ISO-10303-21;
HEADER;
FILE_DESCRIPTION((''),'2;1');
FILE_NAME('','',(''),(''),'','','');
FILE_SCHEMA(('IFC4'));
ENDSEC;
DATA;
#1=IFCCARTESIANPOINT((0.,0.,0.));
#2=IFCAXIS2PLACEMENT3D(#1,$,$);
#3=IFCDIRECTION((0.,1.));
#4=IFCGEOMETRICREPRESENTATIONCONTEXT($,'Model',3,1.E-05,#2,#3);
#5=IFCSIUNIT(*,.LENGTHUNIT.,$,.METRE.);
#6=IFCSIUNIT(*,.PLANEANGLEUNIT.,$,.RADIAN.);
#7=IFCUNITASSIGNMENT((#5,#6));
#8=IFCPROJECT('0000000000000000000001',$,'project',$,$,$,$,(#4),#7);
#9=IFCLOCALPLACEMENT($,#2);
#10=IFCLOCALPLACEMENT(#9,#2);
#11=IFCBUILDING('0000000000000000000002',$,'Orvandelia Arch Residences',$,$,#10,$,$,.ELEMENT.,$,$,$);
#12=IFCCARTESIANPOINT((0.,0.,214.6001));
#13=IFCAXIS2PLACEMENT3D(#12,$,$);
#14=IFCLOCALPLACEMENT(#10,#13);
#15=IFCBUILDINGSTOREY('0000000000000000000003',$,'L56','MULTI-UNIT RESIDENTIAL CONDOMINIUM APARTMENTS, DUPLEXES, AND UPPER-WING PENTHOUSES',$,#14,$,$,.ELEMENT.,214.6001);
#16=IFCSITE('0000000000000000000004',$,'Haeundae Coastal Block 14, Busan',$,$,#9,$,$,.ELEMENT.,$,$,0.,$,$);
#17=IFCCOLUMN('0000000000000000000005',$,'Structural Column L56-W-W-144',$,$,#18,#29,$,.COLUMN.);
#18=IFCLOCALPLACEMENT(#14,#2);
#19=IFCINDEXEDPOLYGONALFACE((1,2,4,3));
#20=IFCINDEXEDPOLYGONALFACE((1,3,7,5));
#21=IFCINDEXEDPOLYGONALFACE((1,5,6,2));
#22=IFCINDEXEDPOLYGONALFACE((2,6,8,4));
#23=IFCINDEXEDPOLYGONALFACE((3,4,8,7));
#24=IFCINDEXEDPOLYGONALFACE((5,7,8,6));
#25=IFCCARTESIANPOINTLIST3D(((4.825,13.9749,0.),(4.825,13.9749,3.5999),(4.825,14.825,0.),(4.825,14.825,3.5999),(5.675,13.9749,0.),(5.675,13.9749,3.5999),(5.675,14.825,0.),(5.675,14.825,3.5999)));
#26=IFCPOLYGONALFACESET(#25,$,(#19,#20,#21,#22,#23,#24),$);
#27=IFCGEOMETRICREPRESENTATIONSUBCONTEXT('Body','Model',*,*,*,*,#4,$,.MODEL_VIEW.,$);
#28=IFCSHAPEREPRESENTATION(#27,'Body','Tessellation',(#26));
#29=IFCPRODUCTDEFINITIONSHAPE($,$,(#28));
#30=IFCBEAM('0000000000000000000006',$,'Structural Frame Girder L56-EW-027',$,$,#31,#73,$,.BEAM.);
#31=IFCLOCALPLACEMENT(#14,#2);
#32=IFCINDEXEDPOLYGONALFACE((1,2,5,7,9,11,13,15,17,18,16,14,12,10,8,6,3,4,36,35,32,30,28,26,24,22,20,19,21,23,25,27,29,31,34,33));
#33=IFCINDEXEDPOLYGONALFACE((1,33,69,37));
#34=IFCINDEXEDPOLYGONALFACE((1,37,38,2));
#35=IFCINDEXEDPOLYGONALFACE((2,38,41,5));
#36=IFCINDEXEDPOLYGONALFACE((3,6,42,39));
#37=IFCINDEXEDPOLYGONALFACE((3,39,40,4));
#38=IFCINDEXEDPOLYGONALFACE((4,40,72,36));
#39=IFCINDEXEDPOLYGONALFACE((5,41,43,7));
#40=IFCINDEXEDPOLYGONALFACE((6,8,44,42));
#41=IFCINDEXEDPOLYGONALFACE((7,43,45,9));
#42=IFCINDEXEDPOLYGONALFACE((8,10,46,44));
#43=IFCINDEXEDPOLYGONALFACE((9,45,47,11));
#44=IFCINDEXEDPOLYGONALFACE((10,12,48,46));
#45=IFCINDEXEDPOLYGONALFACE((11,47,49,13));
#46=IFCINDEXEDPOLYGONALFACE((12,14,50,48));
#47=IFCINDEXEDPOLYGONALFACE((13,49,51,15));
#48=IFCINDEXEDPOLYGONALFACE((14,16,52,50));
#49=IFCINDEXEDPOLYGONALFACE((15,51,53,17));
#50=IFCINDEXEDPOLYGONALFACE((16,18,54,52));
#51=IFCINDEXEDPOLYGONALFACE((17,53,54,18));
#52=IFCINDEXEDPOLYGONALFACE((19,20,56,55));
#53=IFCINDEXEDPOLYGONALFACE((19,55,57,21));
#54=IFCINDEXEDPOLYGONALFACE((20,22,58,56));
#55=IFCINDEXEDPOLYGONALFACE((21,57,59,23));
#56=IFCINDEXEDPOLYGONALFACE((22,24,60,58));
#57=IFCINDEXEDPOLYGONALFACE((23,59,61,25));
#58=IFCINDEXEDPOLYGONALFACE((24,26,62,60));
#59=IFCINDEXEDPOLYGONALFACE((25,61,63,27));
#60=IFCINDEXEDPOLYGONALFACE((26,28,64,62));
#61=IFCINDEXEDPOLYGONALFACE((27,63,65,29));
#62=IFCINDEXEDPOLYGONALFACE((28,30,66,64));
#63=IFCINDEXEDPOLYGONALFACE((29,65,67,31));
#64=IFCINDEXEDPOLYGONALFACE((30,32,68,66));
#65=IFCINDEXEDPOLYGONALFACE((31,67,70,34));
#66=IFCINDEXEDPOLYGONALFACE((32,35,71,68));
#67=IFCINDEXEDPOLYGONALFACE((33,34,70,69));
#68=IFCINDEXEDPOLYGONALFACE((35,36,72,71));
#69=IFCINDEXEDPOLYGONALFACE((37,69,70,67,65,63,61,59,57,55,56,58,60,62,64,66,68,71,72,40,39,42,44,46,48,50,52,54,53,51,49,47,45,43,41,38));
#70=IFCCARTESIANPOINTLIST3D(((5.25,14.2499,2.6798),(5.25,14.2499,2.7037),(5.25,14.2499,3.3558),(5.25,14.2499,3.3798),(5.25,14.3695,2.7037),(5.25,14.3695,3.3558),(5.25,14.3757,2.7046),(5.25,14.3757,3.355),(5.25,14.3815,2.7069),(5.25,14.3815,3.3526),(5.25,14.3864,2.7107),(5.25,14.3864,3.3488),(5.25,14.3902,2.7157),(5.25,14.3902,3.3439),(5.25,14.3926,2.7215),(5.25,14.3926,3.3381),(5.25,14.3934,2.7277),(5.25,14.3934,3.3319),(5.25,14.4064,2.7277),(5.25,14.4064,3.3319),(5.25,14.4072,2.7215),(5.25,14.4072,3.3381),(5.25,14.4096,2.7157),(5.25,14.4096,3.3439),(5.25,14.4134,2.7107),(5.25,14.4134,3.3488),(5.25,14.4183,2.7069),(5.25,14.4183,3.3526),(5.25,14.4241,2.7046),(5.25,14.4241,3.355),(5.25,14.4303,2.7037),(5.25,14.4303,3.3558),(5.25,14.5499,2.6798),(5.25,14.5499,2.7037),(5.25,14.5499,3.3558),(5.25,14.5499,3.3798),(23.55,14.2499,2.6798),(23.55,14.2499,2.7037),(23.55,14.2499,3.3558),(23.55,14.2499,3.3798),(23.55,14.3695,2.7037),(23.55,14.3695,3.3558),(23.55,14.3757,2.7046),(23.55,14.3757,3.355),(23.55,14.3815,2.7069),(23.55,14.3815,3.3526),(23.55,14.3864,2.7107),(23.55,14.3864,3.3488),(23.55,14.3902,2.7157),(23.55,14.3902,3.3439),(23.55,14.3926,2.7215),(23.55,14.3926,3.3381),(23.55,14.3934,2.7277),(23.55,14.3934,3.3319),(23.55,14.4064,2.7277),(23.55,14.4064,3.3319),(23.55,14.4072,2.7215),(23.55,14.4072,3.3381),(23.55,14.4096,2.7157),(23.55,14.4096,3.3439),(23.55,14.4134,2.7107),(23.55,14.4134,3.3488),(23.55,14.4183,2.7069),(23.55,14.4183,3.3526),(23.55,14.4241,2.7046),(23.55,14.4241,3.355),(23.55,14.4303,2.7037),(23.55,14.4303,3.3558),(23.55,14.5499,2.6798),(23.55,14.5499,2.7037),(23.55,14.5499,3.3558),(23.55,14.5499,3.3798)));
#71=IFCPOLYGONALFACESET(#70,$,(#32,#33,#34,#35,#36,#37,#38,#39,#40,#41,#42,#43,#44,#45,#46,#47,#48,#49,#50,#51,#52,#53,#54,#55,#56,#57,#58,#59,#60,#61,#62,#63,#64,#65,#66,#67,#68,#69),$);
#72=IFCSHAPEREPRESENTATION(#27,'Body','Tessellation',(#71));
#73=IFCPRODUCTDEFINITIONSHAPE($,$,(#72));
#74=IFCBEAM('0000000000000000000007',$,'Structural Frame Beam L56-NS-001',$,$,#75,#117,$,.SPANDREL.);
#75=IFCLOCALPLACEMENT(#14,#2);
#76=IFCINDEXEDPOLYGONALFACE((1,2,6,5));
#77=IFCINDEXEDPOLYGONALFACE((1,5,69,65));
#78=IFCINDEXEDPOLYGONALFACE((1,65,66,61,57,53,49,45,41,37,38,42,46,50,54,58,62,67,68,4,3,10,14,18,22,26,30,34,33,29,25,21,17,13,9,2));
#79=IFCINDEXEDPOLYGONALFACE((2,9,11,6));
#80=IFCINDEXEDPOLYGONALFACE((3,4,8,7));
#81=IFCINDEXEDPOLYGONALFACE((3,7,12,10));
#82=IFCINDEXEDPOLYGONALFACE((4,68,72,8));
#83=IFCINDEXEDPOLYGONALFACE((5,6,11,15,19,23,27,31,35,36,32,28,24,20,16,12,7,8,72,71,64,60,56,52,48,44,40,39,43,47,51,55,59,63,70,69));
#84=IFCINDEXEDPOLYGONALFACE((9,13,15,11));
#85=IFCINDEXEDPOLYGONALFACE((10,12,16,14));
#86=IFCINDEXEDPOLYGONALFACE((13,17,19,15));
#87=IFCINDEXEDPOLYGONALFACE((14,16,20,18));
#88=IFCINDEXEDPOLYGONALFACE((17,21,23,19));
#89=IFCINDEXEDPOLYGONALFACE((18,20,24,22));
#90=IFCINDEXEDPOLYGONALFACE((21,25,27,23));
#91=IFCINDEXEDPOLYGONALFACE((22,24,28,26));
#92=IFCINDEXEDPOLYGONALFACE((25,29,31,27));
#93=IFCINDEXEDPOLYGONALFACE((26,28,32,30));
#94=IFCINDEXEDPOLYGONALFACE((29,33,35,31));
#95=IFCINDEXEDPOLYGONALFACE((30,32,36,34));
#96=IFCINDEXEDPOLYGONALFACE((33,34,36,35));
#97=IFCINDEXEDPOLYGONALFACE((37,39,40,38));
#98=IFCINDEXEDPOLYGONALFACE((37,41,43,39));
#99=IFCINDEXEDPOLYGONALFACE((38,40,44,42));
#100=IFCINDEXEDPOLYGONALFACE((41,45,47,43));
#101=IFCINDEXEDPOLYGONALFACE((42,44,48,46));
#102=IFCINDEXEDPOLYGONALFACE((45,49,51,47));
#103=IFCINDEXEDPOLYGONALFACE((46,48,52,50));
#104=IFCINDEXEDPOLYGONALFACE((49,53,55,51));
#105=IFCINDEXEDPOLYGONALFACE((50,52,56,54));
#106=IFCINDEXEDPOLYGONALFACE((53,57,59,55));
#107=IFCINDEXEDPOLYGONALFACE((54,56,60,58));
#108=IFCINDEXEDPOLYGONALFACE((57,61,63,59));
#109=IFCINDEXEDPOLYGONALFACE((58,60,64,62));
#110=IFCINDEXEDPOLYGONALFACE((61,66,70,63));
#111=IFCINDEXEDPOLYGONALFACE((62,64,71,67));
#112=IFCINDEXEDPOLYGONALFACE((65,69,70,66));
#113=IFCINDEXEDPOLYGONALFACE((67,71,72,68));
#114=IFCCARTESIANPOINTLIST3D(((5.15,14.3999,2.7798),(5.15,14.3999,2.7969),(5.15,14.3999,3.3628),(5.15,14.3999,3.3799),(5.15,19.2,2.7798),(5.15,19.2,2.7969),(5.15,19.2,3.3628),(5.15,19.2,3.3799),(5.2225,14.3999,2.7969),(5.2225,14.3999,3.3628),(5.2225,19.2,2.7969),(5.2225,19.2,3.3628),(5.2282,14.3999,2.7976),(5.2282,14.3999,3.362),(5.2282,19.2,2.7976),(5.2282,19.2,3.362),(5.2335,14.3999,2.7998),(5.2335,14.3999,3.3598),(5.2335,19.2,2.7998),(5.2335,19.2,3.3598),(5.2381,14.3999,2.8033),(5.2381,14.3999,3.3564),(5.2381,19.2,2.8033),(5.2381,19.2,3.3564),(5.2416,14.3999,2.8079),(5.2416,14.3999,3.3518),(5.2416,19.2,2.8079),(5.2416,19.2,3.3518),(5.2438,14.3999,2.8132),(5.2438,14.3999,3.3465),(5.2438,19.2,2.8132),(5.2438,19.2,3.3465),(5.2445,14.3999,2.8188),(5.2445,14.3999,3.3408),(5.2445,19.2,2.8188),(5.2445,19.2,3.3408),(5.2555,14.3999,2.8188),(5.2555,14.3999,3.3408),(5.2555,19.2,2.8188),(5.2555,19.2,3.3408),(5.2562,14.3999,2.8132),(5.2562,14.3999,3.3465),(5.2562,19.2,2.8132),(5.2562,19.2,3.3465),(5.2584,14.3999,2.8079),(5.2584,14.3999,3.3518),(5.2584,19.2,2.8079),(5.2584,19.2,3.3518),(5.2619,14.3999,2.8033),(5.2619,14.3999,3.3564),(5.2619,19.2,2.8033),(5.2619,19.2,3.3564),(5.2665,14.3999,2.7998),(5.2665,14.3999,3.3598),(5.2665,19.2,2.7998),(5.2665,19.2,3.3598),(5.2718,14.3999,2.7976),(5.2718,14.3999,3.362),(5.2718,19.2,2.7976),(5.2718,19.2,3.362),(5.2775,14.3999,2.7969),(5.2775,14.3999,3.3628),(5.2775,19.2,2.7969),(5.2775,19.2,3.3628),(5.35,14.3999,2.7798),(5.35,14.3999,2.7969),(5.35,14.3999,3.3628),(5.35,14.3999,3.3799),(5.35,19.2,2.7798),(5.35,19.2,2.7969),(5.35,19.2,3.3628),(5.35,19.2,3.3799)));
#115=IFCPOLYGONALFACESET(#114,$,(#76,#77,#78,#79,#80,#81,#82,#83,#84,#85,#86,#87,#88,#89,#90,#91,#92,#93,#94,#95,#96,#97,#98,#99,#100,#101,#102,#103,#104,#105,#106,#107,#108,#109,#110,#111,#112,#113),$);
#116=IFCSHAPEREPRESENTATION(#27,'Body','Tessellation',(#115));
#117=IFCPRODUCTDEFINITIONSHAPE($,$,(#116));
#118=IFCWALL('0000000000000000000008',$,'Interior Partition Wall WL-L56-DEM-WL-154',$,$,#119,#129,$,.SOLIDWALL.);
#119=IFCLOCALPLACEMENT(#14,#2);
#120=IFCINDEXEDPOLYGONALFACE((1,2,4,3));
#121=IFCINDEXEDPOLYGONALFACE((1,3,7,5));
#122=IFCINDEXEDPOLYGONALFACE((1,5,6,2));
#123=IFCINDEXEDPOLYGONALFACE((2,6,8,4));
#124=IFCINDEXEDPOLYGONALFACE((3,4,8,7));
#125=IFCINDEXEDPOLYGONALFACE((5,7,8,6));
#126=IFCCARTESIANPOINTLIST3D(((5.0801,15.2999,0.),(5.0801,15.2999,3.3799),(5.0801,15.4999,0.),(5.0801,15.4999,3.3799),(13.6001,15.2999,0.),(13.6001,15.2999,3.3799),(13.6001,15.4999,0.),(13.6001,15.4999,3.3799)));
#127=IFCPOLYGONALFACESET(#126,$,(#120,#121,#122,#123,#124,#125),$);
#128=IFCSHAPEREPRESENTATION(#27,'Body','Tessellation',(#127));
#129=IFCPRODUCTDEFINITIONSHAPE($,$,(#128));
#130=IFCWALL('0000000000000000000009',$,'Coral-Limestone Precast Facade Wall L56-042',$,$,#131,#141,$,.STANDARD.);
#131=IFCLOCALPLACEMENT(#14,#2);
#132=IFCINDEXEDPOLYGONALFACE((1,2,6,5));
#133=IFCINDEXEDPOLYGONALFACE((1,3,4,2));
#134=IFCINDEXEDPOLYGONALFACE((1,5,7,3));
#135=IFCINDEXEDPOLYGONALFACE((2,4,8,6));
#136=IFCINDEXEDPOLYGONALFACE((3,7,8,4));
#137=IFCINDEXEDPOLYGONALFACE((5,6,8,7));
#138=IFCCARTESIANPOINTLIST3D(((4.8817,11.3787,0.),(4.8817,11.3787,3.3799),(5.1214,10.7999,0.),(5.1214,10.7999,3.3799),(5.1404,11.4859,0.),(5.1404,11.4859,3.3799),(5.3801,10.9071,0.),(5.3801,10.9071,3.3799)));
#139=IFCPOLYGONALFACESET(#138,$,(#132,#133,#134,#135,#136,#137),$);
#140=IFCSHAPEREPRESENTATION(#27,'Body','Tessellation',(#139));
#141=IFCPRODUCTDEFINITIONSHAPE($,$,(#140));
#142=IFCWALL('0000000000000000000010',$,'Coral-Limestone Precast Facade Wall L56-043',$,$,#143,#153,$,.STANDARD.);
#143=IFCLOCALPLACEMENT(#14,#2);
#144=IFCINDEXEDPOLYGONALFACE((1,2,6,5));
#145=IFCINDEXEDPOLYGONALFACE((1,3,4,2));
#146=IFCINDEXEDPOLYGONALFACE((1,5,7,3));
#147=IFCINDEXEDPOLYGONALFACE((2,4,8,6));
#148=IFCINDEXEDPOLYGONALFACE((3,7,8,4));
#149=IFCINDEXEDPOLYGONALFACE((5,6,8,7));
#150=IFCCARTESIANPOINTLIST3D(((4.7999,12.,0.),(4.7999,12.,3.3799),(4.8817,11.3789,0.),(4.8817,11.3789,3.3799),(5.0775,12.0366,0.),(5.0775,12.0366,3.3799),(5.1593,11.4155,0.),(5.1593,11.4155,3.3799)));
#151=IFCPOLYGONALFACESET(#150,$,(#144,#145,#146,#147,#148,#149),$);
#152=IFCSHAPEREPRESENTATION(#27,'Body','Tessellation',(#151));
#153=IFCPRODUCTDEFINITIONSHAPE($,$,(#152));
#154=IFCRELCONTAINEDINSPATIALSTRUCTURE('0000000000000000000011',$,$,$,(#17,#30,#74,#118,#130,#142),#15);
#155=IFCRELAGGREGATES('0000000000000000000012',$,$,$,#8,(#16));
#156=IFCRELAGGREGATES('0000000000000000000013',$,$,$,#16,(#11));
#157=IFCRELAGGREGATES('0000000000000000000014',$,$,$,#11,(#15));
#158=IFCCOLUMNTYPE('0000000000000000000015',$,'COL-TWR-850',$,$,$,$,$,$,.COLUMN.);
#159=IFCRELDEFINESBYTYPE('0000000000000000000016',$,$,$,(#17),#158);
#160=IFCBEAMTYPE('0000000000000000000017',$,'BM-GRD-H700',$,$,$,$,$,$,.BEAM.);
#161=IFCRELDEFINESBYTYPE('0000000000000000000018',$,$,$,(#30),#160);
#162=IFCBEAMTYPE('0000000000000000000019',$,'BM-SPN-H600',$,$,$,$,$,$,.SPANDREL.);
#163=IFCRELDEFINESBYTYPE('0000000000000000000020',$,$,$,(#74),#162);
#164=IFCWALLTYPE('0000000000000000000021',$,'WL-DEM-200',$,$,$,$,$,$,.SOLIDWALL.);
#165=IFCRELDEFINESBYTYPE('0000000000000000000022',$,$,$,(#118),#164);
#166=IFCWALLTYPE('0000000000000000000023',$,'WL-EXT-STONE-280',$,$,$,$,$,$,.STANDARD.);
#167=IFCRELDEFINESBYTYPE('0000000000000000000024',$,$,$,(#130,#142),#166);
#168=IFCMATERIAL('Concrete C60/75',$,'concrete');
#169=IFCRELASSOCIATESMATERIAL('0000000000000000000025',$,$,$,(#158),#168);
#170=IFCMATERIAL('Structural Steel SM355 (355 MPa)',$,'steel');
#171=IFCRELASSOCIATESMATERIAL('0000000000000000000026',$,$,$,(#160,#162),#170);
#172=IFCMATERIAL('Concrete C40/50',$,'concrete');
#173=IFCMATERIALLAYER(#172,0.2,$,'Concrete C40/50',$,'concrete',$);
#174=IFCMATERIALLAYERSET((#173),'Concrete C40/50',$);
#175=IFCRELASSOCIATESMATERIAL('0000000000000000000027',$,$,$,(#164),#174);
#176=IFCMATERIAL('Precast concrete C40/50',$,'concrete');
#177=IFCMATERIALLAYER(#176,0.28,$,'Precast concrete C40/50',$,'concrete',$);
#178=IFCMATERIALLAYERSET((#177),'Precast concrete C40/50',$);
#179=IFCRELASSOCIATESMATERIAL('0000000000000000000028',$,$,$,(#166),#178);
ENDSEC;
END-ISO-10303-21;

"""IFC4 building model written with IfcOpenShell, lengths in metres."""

from ifc_helpers import new_model, si_unit, direction, frame, frame_2d, origin, origin_2d, place, context, subcontext, project, spatial, rectangle, i_section, extrude, material, layer, layer_set, material_profile, profile_set, type_object, element, save


model = new_model("IFC4")

# Units and contexts
model_context = context("Model", 3, precision=1e-05, world=origin(), true_north=direction((0.0, 1.0)))
body_context = subcontext(model_context, "Body", "Model", "MODEL_VIEW")
ifc_project = project(units=[si_unit("LENGTHUNIT", "METRE"), si_unit("PLANEANGLEUNIT", "RADIAN")], contexts=[model_context])

# Site, building, storey
site_placement = place(None, origin())
site = spatial("IfcSite", under=ifc_project, at=site_placement, Name="Haeundae Coastal Block 14, Busan", CompositionType="ELEMENT", RefElevation=0.0)
building_placement = place(site_placement, origin())
building = spatial("IfcBuilding", under=site, at=building_placement, Name="Orvandelia Arch Residences", CompositionType="ELEMENT")
storey_placement = place(building_placement, frame((0.0, 0.0, 214.6001)))
storey = spatial("IfcBuildingStorey", under=building, at=storey_placement, Name="L56", Description="MULTI-UNIT RESIDENTIAL CONDOMINIUM APARTMENTS, DUPLEXES, AND UPPER-WING PENTHOUSES", CompositionType="ELEMENT", Elevation=214.6001)

# Column
ifc_material_1 = material(Name="Concrete C60/75", Category="concrete")
ifc_material_profile_1 = material_profile(ifc_material_1, rectangle(XDim=0.8501, YDim=0.8501, at=origin_2d()), Name="Concrete C60/75", Category="concrete")
ifc_profile_set_1 = profile_set([ifc_material_profile_1], Name="Concrete C60/75")
column_type = type_object("IfcColumnType", Name="COL-TWR-850", PredefinedType="COLUMN", material=ifc_profile_set_1)
column_placement = place(storey_placement, frame((5.25, 14.3999, 0.0), z_axis=(0.0, 0.0, 1.0), x_axis=(1.0, 0.0, 0.0)))
element("IfcColumn", 1, at=column_placement, inside=storey, type_object=column_type, Name="Structural Column L56-W-W-144", PredefinedType="COLUMN", context=body_context, shape_type="SweptSolid", body=[
    extrude(rectangle(XDim=0.8501, YDim=0.8501, at=origin_2d()), origin(), (0.0, 0.0, 1.0), 3.5999),
])

# Beams
ifc_material_2 = material(Name="Structural Steel SM355 (355 MPa)", Category="steel")
ifc_material_profile_2 = material_profile(ifc_material_2, i_section(OverallWidth=0.3, OverallDepth=0.7, WebThickness=0.0129, FlangeThickness=0.0239, FilletRadius=0.0239, at=origin_2d()), Name="Structural Steel SM355 (355 MPa)", Category="steel")
ifc_profile_set_2 = profile_set([ifc_material_profile_2], Name="Structural Steel SM355 (355 MPa)")
beam_type_1 = type_object("IfcBeamType", Name="BM-GRD-H700", PredefinedType="BEAM", material=ifc_profile_set_2)
beam_1_placement = place(storey_placement, frame((5.25, 14.3999, 3.0298), z_axis=(1.0, 0.0, 0.0), x_axis=(0.0, 1.0, 0.0)))
element("IfcBeam", 2, at=beam_1_placement, inside=storey, type_object=beam_type_1, Name="Structural Frame Girder L56-EW-027", PredefinedType="BEAM", context=body_context, shape_type="SweptSolid", body=[
    extrude(i_section(OverallWidth=0.3, OverallDepth=0.7, WebThickness=0.0129, FlangeThickness=0.0239, FilletRadius=0.0239, at=origin_2d()), origin(), (0.0, 0.0, 1.0), 18.3),
])
ifc_material_profile_3 = material_profile(ifc_material_2, i_section(OverallWidth=0.2, OverallDepth=0.6001, WebThickness=0.011, FlangeThickness=0.0171, FilletRadius=0.022, at=origin_2d()), Name="Structural Steel SM355 (355 MPa)", Category="steel")
ifc_profile_set_3 = profile_set([ifc_material_profile_3], Name="Structural Steel SM355 (355 MPa)")
beam_type_2 = type_object("IfcBeamType", Name="BM-SPN-H600", PredefinedType="SPANDREL", material=ifc_profile_set_3)
beam_2_placement = place(storey_placement, frame((5.25, 14.3999, 3.0798), z_axis=(0.0, 1.0, 0.0), x_axis=(-1.0, 0.0, 0.0)))
element("IfcBeam", 3, at=beam_2_placement, inside=storey, type_object=beam_type_2, Name="Structural Frame Beam L56-NS-001", PredefinedType="SPANDREL", context=body_context, shape_type="SweptSolid", body=[
    extrude(i_section(OverallWidth=0.2, OverallDepth=0.6001, WebThickness=0.011, FlangeThickness=0.0171, FilletRadius=0.022, at=origin_2d()), origin(), (0.0, 0.0, 1.0), 4.8),
])

# Walls
ifc_material_3 = material(Name="Concrete C40/50", Category="concrete")
ifc_layer_1 = layer(ifc_material_3, 0.2, Name="Concrete C40/50", Category="concrete")
ifc_layer_set_1 = layer_set([ifc_layer_1], Name="Concrete C40/50")
wall_type_1 = type_object("IfcWallType", Name="WL-DEM-200", PredefinedType="SOLIDWALL", material=ifc_layer_set_1)
wall_1_placement = place(storey_placement, frame((5.0801, 15.3999, 0.0), z_axis=(0.0, 0.0, 1.0), x_axis=(1.0, 0.0, 0.0)))
element("IfcWall", 4, at=wall_1_placement, inside=storey, type_object=wall_type_1, Name="Interior Partition Wall WL-L56-DEM-WL-154", PredefinedType="SOLIDWALL", context=body_context, shape_type="SweptSolid", body=[
    extrude(rectangle(XDim=8.52, YDim=0.2, at=frame_2d((4.26, 0.0))), origin(), (0.0, 0.0, 1.0), 3.3799),
])
ifc_material_4 = material(Name="Precast concrete C40/50", Category="concrete")
ifc_layer_2 = layer(ifc_material_4, 0.28, Name="Precast concrete C40/50", Category="concrete")
ifc_layer_set_2 = layer_set([ifc_layer_2], Name="Precast concrete C40/50")
wall_type_2 = type_object("IfcWallType", Name="WL-EXT-STONE-280", PredefinedType="STANDARD", material=ifc_layer_set_2)
for number, where, z_axis, x_axis, name in (
    (5, (5.2507, 10.8535, 0.0), (0.0, 0.0, 1.0), (-0.38265, 0.923893, 0.0), "Coral-Limestone Precast Facade Wall L56-042"),
    (6, (5.0205, 11.3972, 0.0), (0.0, 0.0, 1.0), (-0.130555, 0.991441, 0.0), "Coral-Limestone Precast Facade Wall L56-043"),
):
    element("IfcWall", number, at=place(storey_placement, frame(where, z_axis=z_axis, x_axis=x_axis)), inside=storey, type_object=wall_type_2, Name=name, PredefinedType="STANDARD", context=body_context, shape_type="SweptSolid", body=[
        extrude(rectangle(XDim=0.6265, YDim=0.28, at=frame_2d((0.3132, 0.0))), origin(), (0.0, 0.0, 1.0), 3.3799),
    ])

save(model, "model.ifc")
